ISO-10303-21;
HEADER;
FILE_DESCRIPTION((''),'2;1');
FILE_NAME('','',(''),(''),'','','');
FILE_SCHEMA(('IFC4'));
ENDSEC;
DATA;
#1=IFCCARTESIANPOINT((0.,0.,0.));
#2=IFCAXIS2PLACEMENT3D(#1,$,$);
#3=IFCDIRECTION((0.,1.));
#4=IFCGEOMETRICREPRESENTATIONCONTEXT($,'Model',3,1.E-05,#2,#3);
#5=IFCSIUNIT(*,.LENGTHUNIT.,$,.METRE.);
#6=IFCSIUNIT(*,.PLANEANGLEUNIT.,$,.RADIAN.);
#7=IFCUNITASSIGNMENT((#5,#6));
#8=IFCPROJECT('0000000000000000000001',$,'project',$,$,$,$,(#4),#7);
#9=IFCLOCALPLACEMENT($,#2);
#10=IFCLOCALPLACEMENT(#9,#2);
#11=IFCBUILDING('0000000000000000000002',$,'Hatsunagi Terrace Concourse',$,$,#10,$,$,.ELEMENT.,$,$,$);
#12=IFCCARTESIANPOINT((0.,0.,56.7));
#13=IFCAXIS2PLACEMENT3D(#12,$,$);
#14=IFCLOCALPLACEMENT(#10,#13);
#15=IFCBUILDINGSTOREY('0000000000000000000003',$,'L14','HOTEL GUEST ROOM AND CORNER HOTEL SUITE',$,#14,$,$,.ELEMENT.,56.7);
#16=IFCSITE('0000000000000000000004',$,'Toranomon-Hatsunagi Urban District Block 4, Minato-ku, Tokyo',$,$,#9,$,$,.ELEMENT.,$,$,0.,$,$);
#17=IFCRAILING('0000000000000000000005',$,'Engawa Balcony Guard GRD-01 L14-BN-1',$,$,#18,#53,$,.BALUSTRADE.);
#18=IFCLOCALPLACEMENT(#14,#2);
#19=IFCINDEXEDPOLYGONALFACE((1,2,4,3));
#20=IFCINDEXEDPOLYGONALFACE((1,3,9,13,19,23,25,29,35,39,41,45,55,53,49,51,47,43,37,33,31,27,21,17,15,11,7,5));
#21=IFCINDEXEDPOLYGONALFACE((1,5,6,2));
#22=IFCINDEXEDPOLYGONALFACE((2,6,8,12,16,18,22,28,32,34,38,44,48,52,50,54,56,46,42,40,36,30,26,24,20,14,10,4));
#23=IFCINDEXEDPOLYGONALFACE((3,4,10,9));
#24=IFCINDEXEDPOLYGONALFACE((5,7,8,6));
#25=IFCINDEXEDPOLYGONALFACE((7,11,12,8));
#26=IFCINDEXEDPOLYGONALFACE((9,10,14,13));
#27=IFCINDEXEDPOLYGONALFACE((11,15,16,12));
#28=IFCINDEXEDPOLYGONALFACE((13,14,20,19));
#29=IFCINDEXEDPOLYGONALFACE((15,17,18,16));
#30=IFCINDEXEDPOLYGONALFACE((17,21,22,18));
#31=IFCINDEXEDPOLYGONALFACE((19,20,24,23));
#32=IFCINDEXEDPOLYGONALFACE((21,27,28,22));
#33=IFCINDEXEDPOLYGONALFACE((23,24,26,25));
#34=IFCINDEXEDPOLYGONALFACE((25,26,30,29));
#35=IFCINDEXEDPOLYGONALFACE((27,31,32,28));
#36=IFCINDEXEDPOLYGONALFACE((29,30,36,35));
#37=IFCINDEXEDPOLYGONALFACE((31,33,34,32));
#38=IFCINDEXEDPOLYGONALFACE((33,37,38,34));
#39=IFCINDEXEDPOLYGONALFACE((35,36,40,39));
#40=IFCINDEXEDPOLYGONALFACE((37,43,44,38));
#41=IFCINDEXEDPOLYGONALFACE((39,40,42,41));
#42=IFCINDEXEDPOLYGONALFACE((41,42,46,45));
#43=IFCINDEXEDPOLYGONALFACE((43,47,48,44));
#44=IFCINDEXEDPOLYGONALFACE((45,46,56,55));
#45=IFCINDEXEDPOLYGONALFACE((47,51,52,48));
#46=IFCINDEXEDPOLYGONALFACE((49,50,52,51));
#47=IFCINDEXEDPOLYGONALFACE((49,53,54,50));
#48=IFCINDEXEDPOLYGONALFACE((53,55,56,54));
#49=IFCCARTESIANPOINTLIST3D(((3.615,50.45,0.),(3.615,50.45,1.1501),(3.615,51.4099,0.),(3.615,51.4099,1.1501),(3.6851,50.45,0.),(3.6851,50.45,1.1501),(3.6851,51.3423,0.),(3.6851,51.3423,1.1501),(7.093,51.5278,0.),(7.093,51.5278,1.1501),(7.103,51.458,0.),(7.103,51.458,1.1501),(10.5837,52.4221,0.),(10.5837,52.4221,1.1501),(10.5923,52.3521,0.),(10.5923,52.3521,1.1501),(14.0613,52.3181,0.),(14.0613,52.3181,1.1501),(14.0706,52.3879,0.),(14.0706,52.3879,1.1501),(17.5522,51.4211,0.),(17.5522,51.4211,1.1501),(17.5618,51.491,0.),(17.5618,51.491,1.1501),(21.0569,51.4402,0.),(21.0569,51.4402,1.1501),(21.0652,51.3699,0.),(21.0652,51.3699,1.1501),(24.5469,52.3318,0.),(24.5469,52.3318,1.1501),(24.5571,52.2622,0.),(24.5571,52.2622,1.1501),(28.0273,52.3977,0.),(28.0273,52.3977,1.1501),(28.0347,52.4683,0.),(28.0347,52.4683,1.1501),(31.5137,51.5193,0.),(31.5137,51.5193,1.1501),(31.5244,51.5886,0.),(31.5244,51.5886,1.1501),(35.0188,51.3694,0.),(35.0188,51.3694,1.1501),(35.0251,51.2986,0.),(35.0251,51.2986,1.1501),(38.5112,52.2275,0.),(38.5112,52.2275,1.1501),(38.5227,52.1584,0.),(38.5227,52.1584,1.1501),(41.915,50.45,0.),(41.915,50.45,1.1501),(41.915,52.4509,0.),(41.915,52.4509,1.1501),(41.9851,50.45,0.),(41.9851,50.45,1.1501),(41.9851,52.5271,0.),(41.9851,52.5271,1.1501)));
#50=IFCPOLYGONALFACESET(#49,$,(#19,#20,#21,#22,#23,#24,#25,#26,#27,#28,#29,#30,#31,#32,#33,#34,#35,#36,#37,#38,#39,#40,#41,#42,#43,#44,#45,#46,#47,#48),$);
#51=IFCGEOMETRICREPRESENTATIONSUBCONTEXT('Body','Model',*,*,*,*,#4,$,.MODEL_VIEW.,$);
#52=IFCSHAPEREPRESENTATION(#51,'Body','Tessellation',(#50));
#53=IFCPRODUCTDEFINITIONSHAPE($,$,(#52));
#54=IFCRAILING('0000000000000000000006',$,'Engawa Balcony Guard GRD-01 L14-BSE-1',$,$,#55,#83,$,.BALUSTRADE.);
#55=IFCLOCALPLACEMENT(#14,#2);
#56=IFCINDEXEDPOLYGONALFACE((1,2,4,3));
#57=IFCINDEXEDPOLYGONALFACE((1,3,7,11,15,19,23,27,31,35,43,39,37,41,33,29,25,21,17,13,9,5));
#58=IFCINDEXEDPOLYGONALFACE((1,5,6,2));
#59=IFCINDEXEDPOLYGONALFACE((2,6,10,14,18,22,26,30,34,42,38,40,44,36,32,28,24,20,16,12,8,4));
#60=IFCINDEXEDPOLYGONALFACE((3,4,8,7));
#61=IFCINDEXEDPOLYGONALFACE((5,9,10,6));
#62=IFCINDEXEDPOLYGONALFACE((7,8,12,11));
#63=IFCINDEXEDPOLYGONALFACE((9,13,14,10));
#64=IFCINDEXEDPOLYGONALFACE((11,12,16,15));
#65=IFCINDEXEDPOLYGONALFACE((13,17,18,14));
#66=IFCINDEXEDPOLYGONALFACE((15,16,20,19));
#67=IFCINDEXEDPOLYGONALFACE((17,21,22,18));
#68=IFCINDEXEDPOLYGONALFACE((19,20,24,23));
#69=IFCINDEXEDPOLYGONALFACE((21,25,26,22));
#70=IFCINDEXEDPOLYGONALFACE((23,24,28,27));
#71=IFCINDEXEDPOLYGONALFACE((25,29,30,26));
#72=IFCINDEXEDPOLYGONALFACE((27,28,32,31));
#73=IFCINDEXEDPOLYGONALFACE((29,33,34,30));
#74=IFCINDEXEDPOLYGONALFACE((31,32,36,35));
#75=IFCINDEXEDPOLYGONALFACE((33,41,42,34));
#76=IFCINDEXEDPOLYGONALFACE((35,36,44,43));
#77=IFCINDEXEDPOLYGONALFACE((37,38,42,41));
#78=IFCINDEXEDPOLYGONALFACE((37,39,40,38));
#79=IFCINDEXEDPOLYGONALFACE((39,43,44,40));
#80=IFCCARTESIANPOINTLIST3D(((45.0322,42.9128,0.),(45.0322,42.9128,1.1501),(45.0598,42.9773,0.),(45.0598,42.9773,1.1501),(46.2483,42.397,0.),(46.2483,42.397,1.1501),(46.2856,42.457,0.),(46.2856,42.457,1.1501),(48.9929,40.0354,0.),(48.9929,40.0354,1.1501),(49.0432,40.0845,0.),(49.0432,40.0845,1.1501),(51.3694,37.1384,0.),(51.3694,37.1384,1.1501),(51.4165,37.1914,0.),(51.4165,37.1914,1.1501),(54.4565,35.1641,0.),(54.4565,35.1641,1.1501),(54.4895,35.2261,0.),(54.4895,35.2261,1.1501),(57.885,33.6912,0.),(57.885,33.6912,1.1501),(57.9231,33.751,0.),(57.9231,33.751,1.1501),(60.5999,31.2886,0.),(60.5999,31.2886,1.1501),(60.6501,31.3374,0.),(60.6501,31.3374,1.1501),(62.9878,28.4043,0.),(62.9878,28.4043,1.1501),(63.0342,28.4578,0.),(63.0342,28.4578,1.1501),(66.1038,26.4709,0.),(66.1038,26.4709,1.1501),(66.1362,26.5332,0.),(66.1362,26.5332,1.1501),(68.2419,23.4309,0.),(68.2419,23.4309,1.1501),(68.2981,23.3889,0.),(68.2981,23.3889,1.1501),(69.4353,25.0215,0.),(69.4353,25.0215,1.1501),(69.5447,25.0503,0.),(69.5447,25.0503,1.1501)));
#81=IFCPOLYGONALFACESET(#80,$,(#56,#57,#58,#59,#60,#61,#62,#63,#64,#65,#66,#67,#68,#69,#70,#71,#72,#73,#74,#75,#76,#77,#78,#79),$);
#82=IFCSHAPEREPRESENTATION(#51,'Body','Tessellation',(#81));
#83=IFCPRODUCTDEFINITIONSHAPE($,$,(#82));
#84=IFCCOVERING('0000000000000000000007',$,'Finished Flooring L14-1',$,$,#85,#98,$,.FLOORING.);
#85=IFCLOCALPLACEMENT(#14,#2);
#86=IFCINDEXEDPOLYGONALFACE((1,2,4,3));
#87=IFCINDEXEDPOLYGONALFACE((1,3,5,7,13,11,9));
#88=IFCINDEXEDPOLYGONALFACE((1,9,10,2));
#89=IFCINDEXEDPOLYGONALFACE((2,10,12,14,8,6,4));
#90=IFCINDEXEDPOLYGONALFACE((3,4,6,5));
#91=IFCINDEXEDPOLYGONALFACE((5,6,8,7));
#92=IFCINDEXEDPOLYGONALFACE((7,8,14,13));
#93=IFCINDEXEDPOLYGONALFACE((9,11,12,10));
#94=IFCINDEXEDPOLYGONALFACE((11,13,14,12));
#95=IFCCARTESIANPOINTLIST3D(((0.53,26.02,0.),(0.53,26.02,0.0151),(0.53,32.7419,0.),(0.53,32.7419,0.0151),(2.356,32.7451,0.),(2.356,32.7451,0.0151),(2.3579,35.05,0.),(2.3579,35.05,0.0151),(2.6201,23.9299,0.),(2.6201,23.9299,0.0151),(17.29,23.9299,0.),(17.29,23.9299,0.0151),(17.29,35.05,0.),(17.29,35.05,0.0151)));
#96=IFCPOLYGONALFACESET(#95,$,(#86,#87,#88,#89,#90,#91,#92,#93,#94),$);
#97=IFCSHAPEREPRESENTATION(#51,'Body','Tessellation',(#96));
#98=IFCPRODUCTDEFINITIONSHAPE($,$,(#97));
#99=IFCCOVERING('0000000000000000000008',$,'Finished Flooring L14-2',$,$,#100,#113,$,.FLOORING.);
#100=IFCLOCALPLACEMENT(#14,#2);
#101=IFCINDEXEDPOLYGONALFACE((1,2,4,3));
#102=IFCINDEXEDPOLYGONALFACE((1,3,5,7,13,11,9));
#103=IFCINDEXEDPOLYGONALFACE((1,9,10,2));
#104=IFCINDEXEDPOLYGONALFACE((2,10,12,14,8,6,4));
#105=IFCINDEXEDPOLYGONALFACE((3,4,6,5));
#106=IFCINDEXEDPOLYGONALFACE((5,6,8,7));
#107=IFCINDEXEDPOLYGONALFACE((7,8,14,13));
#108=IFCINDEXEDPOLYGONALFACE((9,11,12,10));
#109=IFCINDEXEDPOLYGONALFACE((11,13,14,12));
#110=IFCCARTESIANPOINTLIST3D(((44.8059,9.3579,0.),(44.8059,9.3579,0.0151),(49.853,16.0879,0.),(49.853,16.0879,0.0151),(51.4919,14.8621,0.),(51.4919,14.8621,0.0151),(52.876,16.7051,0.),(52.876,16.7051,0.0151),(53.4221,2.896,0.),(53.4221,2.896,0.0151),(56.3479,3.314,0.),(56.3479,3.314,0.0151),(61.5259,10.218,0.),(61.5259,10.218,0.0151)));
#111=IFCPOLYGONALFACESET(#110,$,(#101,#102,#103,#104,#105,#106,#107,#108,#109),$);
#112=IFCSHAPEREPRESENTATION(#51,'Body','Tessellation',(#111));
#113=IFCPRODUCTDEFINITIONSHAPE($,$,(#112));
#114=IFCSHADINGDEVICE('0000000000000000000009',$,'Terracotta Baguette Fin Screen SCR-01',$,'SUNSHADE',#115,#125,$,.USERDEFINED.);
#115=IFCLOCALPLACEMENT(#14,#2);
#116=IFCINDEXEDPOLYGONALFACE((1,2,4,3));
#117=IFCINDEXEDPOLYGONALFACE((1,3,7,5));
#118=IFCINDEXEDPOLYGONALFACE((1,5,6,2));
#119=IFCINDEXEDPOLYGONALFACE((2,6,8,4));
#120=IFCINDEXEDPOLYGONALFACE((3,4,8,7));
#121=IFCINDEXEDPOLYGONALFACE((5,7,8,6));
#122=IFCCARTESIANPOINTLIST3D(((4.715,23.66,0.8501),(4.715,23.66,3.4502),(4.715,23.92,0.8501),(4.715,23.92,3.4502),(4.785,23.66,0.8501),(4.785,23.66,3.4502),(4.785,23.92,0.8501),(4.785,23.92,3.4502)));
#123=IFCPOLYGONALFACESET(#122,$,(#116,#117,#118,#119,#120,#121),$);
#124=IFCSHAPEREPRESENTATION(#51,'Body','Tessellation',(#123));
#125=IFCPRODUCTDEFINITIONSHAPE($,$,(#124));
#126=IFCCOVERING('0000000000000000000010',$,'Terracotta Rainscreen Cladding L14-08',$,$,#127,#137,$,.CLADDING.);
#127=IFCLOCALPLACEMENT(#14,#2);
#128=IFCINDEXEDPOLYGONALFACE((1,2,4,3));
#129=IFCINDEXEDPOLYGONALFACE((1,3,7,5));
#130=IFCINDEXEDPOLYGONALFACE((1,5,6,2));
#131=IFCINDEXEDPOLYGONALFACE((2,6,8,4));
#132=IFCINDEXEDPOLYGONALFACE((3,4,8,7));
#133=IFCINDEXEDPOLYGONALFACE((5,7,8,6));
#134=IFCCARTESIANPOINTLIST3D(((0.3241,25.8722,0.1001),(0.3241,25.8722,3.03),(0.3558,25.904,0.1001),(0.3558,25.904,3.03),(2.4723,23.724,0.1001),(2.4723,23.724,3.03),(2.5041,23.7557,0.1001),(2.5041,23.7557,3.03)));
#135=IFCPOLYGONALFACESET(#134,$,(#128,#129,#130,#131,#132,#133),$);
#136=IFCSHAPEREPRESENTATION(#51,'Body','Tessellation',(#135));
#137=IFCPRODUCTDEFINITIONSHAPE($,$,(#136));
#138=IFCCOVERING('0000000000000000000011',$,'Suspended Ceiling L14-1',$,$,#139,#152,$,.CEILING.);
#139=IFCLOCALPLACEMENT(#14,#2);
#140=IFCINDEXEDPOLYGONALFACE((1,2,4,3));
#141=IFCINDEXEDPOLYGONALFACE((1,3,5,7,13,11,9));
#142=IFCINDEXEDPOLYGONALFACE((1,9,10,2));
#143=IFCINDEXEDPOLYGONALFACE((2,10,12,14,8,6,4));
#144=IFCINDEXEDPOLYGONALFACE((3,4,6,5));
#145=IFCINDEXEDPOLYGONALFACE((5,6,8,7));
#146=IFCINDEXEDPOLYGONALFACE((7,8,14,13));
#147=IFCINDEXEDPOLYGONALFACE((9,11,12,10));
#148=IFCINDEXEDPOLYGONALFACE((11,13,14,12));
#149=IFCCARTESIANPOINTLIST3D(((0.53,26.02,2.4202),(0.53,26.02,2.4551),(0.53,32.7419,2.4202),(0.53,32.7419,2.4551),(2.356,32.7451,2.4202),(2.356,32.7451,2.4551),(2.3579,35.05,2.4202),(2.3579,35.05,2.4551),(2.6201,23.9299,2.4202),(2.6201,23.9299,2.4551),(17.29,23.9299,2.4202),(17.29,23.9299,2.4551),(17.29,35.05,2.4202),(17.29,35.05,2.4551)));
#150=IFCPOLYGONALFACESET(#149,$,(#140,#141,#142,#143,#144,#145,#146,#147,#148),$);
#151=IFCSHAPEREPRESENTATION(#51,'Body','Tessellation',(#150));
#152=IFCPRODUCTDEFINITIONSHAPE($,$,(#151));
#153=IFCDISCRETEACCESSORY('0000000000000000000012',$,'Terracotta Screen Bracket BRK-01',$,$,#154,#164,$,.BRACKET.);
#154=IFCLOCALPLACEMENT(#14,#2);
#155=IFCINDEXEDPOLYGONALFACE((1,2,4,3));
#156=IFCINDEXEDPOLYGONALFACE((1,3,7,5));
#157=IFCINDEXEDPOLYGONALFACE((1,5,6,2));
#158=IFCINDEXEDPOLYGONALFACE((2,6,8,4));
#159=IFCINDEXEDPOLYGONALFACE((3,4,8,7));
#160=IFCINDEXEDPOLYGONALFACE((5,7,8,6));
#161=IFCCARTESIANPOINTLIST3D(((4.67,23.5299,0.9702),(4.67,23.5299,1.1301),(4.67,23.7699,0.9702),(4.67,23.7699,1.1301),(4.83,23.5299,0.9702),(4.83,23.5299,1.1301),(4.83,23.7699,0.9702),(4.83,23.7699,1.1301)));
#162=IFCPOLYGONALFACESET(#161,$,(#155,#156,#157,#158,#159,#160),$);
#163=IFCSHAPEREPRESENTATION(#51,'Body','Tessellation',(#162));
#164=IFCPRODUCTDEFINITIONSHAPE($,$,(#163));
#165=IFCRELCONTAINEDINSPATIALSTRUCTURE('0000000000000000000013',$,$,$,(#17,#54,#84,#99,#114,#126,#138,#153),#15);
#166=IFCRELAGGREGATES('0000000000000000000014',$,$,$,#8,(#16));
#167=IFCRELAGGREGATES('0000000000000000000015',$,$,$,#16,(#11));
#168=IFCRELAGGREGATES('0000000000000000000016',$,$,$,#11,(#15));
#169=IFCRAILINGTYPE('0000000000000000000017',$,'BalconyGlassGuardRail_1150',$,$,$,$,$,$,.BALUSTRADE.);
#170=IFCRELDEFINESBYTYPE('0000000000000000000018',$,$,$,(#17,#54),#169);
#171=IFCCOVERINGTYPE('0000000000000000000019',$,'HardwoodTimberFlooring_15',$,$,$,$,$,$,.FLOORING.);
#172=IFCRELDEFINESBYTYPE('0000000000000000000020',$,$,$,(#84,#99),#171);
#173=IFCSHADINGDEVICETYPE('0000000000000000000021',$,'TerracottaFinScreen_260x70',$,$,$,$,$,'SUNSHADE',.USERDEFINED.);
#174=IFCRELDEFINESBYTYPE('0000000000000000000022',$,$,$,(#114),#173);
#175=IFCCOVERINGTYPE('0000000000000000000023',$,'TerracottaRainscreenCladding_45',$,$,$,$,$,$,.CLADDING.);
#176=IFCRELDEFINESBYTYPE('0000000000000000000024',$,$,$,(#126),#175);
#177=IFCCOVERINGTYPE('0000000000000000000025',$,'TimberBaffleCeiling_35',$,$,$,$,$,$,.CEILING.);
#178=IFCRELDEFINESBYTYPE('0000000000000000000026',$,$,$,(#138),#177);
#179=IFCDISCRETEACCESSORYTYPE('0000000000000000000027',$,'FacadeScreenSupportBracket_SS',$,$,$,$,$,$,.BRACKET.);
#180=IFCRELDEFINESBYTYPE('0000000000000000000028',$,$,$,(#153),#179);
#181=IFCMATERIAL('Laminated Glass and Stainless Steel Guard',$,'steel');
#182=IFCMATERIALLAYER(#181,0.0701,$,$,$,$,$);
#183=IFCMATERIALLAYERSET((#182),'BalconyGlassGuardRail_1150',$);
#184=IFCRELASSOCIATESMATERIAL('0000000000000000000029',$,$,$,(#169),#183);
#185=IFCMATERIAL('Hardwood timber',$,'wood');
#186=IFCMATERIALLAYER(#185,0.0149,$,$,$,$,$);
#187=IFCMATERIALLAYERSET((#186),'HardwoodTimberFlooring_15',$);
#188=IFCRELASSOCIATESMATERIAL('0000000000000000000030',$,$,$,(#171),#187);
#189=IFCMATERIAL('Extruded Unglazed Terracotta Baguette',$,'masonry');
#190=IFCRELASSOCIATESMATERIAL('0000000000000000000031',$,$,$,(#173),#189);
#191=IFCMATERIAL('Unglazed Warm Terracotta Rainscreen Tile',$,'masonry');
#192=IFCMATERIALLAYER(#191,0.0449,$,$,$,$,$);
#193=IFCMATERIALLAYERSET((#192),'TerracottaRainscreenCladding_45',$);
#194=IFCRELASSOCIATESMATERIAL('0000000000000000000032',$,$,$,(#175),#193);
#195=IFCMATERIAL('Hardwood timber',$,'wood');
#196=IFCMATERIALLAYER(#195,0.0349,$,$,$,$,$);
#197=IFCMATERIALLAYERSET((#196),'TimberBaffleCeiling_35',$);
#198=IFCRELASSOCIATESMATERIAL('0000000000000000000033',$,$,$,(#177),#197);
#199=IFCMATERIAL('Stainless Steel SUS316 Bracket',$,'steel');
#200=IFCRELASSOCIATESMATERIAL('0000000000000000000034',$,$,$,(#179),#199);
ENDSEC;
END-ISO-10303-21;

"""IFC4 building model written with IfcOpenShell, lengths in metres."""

from ifc_helpers import new_model, si_unit, direction, frame, origin, origin_2d, place, context, subcontext, project, spatial, polyline, rectangle, outline, extrude, material, layer, layer_set, type_object, element, save


model = new_model("IFC4")

# Units and contexts
model_context = context("Model", 3, precision=1e-05, world=origin(), true_north=direction((0.0, 1.0)))
body_context = subcontext(model_context, "Body", "Model", "MODEL_VIEW")
ifc_project = project(units=[si_unit("LENGTHUNIT", "METRE"), si_unit("PLANEANGLEUNIT", "RADIAN")], contexts=[model_context])

# Site, building, storey
site_placement = place(None, origin())
site = spatial("IfcSite", under=ifc_project, at=site_placement, Name="Toranomon-Hatsunagi Urban District Block 4, Minato-ku, Tokyo", CompositionType="ELEMENT", RefElevation=0.0)
building_placement = place(site_placement, origin())
building = spatial("IfcBuilding", under=site, at=building_placement, Name="Hatsunagi Terrace Concourse", CompositionType="ELEMENT")
storey_placement = place(building_placement, frame((0.0, 0.0, 56.7)))
storey = spatial("IfcBuildingStorey", under=building, at=storey_placement, Name="L14", Description="HOTEL GUEST ROOM AND CORNER HOTEL SUITE", CompositionType="ELEMENT", Elevation=56.7)

# Railings
ifc_material_1 = material(Name="Laminated Glass and Stainless Steel Guard", Category="steel")
ifc_layer_1 = layer(ifc_material_1, 0.0701)
ifc_layer_set_1 = layer_set([ifc_layer_1], Name="BalconyGlassGuardRail_1150")
railing_type = type_object("IfcRailingType", Name="BalconyGlassGuardRail_1150", PredefinedType="BALUSTRADE", material=ifc_layer_set_1)
railing_1_placement = place(storey_placement, origin())
element("IfcRailing", 1, at=railing_1_placement, inside=storey, type_object=railing_type, Name="Engawa Balcony Guard GRD-01 L14-BN-1", PredefinedType="BALUSTRADE", context=body_context, shape_type="SweptSolid", body=[
    extrude(outline(polyline([(3.615, 50.45), (3.6851, 50.45), (3.6851, 51.3423), (7.103, 51.458), (10.5923, 52.3521), (14.0613, 52.3181), (17.5522, 51.4211), (21.0652, 51.3699), (24.5571, 52.2622), (28.0273, 52.3977), (31.5137, 51.5193), (35.0251, 51.2986), (38.5227, 52.1584), (41.915, 52.4509), (41.915, 50.45), (41.9851, 50.45), (41.9851, 52.5271), (38.5112, 52.2275), (35.0188, 51.3694), (31.5244, 51.5886), (28.0347, 52.4683), (24.5469, 52.3318), (21.0569, 51.4402), (17.5618, 51.491), (14.0706, 52.3879), (10.5837, 52.4221), (7.093, 51.5278), (3.615, 51.4099), (3.615, 50.45)])), origin(), (0.0, 0.0, 1.0), 1.1501),
])
railing_2_placement = place(storey_placement, origin())
element("IfcRailing", 2, at=railing_2_placement, inside=storey, type_object=railing_type, Name="Engawa Balcony Guard GRD-01 L14-BSE-1", PredefinedType="BALUSTRADE", context=body_context, shape_type="SweptSolid", body=[
    extrude(outline(polyline([(45.0598, 42.9773), (45.0322, 42.9128), (46.2483, 42.397), (48.9929, 40.0354), (51.3694, 37.1384), (54.4565, 35.1641), (57.885, 33.6912), (60.5999, 31.2886), (62.9878, 28.4043), (66.1038, 26.4709), (69.4353, 25.0215), (68.2419, 23.4309), (68.2981, 23.3889), (69.5447, 25.0503), (66.1362, 26.5332), (63.0342, 28.4578), (60.6501, 31.3374), (57.9231, 33.751), (54.4895, 35.2261), (51.4165, 37.1914), (49.0432, 40.0845), (46.2856, 42.457), (45.0598, 42.9773)])), origin(), (0.0, 0.0, 1.0), 1.1501),
])

# Coverings
ifc_material_2 = material(Name="Hardwood timber", Category="wood")
ifc_layer_2 = layer(ifc_material_2, 0.0149)
ifc_layer_set_2 = layer_set([ifc_layer_2], Name="HardwoodTimberFlooring_15")
covering_type_1 = type_object("IfcCoveringType", Name="HardwoodTimberFlooring_15", PredefinedType="FLOORING", material=ifc_layer_set_2)
covering_1_placement = place(storey_placement, origin())
element("IfcCovering", 3, at=covering_1_placement, inside=storey, type_object=covering_type_1, Name="Finished Flooring L14-1", PredefinedType="FLOORING", context=body_context, shape_type="SweptSolid", body=[
    extrude(outline(polyline([(2.6201, 23.9299), (17.29, 23.9299), (17.29, 35.05), (2.3579, 35.05), (2.356, 32.7451), (0.53, 32.7419), (0.53, 26.02), (2.6201, 23.9299)])), origin(), (0.0, 0.0, 1.0), 0.0151),
])
covering_2_placement = place(storey_placement, origin())
element("IfcCovering", 4, at=covering_2_placement, inside=storey, type_object=covering_type_1, Name="Finished Flooring L14-2", PredefinedType="FLOORING", context=body_context, shape_type="SweptSolid", body=[
    extrude(outline(polyline([(56.3479, 3.314), (61.5259, 10.218), (52.876, 16.7051), (51.4919, 14.8621), (49.853, 16.0879), (44.8059, 9.3579), (53.4221, 2.896), (56.3479, 3.314)])), origin(), (0.0, 0.0, 1.0), 0.0151),
])

# Shading device
ifc_material_3 = material(Name="Extruded Unglazed Terracotta Baguette", Category="masonry")
shading_device_type = type_object("IfcShadingDeviceType", Name="TerracottaFinScreen_260x70", ElementType="SUNSHADE", PredefinedType="USERDEFINED", material=ifc_material_3)
shading_device_placement = place(storey_placement, frame((4.75, 23.79, 0.8501), z_axis=(0.0, 0.0, 1.0), x_axis=(-1.0, 0.0, 0.0)))
element("IfcShadingDevice", 5, at=shading_device_placement, inside=storey, type_object=shading_device_type, Name="Terracotta Baguette Fin Screen SCR-01", ObjectType="SUNSHADE", PredefinedType="USERDEFINED", context=body_context, shape_type="SweptSolid", body=[
    extrude(rectangle(XDim=0.0701, YDim=0.26, at=origin_2d()), origin(), (0.0, 0.0, 1.0), 2.6001),
])

# Coverings
ifc_material_4 = material(Name="Unglazed Warm Terracotta Rainscreen Tile", Category="masonry")
ifc_layer_3 = layer(ifc_material_4, 0.0449)
ifc_layer_set_3 = layer_set([ifc_layer_3], Name="TerracottaRainscreenCladding_45")
covering_type_2 = type_object("IfcCoveringType", Name="TerracottaRainscreenCladding_45", PredefinedType="CLADDING", material=ifc_layer_set_3)
covering_3_placement = place(storey_placement, frame((1.4141, 24.814, 0.1001), z_axis=(0.0, 0.0, 1.0), x_axis=(-0.707107, 0.707107, 0.0)))
element("IfcCovering", 6, at=covering_3_placement, inside=storey, type_object=covering_type_2, Name="Terracotta Rainscreen Cladding L14-08", PredefinedType="CLADDING", context=body_context, shape_type="SweptSolid", body=[
    extrude(rectangle(XDim=3.0381, YDim=0.0449, at=origin_2d()), origin(), (0.0, 0.0, 1.0), 2.9299),
])
ifc_material_5 = material(Name="Hardwood timber", Category="wood")
ifc_layer_4 = layer(ifc_material_5, 0.0349)
ifc_layer_set_4 = layer_set([ifc_layer_4], Name="TimberBaffleCeiling_35")
covering_type_3 = type_object("IfcCoveringType", Name="TimberBaffleCeiling_35", PredefinedType="CEILING", material=ifc_layer_set_4)
covering_4_placement = place(storey_placement, frame((0.0, 0.0, 2.4202)))
element("IfcCovering", 7, at=covering_4_placement, inside=storey, type_object=covering_type_3, Name="Suspended Ceiling L14-1", PredefinedType="CEILING", context=body_context, shape_type="SweptSolid", body=[
    extrude(outline(polyline([(2.6201, 23.9299), (17.29, 23.9299), (17.29, 35.05), (2.3579, 35.05), (2.356, 32.7451), (0.53, 32.7419), (0.53, 26.02), (2.6201, 23.9299)])), origin(), (0.0, 0.0, 1.0), 0.0349),
])

# Discrete accessory
ifc_material_6 = material(Name="Stainless Steel SUS316 Bracket", Category="steel")
discrete_accessory_type = type_object("IfcDiscreteAccessoryType", Name="FacadeScreenSupportBracket_SS", PredefinedType="BRACKET", material=ifc_material_6)
discrete_accessory_placement = place(storey_placement, frame((4.75, 23.6499, 0.9702), z_axis=(0.0, 0.0, 1.0), x_axis=(-1.0, 0.0, 0.0)))
element("IfcDiscreteAccessory", 8, at=discrete_accessory_placement, inside=storey, type_object=discrete_accessory_type, Name="Terracotta Screen Bracket BRK-01", PredefinedType="BRACKET", context=body_context, shape_type="SweptSolid", body=[
    extrude(rectangle(XDim=0.1599, YDim=0.24, at=origin_2d()), origin(), (0.0, 0.0, 1.0), 0.1599),
])

save(model, "model.ifc")
